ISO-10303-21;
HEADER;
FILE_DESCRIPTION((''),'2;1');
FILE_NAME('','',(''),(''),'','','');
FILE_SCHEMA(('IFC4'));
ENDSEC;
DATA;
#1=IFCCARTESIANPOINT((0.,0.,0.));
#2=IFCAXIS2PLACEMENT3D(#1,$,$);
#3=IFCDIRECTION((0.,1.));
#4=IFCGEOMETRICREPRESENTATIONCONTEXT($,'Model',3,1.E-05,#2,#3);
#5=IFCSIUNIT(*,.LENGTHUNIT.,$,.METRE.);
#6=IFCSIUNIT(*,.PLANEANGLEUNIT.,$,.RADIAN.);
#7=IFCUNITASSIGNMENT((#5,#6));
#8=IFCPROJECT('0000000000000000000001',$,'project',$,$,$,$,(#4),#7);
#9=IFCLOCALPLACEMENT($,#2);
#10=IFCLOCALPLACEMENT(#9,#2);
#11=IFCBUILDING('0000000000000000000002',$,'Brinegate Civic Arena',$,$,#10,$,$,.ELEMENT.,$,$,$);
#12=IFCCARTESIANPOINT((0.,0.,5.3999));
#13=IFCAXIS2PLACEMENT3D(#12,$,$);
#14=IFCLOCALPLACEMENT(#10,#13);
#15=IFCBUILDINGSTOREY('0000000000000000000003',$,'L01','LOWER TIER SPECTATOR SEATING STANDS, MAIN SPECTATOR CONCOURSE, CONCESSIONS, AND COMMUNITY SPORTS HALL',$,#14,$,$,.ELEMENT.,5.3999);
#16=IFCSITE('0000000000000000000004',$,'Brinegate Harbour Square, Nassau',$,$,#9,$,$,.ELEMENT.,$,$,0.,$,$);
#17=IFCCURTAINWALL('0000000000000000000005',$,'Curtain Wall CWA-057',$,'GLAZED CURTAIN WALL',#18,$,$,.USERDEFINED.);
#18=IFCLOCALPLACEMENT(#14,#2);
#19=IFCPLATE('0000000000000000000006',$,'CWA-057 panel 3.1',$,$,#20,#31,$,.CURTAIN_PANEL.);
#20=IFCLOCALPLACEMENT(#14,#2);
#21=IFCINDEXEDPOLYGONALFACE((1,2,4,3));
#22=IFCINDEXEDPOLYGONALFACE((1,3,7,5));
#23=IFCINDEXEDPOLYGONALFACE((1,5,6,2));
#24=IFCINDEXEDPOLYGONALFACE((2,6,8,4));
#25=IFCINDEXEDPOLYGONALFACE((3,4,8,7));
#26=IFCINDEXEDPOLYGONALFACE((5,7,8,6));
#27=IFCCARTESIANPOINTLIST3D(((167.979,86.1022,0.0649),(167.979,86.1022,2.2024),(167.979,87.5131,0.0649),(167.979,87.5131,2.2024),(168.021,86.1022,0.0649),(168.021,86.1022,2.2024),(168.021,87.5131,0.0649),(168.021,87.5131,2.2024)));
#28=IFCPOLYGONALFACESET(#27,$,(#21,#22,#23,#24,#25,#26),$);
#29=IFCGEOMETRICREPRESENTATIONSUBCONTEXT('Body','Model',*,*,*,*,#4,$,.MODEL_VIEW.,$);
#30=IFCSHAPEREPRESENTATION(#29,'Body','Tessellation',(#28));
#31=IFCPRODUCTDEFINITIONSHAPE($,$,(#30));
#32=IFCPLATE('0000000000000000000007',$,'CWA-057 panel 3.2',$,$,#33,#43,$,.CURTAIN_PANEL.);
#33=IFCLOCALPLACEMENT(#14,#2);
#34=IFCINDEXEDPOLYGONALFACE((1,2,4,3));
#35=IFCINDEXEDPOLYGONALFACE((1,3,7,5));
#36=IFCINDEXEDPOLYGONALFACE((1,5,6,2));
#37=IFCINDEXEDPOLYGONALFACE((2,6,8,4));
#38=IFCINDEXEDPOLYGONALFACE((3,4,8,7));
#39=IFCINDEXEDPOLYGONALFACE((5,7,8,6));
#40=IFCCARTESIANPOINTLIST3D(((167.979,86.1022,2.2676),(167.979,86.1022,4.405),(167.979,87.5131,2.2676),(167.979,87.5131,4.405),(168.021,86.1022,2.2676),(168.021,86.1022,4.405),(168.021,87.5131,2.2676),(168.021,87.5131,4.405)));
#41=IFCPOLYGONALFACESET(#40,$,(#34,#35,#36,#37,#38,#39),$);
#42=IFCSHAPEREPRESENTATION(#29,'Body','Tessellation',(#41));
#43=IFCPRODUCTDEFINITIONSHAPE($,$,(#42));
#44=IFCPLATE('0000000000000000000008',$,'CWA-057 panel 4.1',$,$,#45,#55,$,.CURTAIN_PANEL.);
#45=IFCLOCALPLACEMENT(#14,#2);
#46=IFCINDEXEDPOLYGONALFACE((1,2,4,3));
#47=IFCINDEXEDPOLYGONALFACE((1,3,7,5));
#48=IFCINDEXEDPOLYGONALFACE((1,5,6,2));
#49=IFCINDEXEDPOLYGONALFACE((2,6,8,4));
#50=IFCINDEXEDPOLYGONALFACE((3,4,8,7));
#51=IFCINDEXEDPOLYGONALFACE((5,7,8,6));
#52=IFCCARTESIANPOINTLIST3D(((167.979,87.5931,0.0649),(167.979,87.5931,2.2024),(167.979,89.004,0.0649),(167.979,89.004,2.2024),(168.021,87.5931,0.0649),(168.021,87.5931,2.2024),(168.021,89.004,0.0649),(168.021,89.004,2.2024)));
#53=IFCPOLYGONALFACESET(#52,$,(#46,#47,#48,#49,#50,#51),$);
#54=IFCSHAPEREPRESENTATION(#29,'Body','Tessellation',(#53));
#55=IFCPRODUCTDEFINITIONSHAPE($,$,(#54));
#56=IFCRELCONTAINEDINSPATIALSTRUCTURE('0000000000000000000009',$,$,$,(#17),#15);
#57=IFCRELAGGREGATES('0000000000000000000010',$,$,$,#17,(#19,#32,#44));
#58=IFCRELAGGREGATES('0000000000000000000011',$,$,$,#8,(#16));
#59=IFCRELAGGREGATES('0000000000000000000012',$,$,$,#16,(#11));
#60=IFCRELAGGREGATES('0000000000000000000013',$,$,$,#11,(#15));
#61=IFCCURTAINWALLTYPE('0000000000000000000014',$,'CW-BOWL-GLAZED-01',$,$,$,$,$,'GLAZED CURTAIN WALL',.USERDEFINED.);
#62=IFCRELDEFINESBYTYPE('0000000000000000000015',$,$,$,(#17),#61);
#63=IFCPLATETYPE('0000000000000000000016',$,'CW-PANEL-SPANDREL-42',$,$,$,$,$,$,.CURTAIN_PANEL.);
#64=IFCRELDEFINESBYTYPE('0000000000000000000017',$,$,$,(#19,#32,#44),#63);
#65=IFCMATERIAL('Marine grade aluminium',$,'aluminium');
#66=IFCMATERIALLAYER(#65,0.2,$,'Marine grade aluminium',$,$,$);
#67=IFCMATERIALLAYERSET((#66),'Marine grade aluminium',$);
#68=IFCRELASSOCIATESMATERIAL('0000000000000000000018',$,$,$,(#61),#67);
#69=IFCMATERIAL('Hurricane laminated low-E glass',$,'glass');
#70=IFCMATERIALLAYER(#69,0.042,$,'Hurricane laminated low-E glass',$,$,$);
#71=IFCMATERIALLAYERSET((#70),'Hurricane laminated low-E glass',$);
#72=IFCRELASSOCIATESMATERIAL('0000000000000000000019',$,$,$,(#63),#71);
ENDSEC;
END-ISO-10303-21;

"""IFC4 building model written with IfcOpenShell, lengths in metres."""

from ifc_helpers import new_model, si_unit, direction, frame, origin, origin_2d, place, context, subcontext, project, spatial, rectangle, extrude, material, layer, layer_set, type_object, element, aggregate, save


model = new_model("IFC4")

# Units and contexts
model_context = context("Model", 3, precision=1e-05, world=origin(), true_north=direction((0.0, 1.0)))
body_context = subcontext(model_context, "Body", "Model", "MODEL_VIEW")
ifc_project = project(units=[si_unit("LENGTHUNIT", "METRE"), si_unit("PLANEANGLEUNIT", "RADIAN")], contexts=[model_context])

# Site, building, storey
site_placement = place(None, origin())
site = spatial("IfcSite", under=ifc_project, at=site_placement, Name="Brinegate Harbour Square, Nassau", CompositionType="ELEMENT", RefElevation=0.0)
building_placement = place(site_placement, origin())
building = spatial("IfcBuilding", under=site, at=building_placement, Name="Brinegate Civic Arena", CompositionType="ELEMENT")
storey_placement = place(building_placement, frame((0.0, 0.0, 5.3999)))
storey = spatial("IfcBuildingStorey", under=building, at=storey_placement, Name="L01", Description="LOWER TIER SPECTATOR SEATING STANDS, MAIN SPECTATOR CONCOURSE, CONCESSIONS, AND COMMUNITY SPORTS HALL", CompositionType="ELEMENT", Elevation=5.3999)

# Curtain wall, plates
ifc_material_1 = material(Name="Marine grade aluminium", Category="aluminium")
ifc_layer_1 = layer(ifc_material_1, 0.2, Name="Marine grade aluminium")
ifc_layer_set_1 = layer_set([ifc_layer_1], Name="Marine grade aluminium")
curtain_wall_type = type_object("IfcCurtainWallType", Name="CW-BOWL-GLAZED-01", ElementType="GLAZED CURTAIN WALL", PredefinedType="USERDEFINED", material=ifc_layer_set_1)
curtain_wall_placement = place(storey_placement, origin())
curtain_wall = element("IfcCurtainWall", 1, at=curtain_wall_placement, inside=storey, type_object=curtain_wall_type, Name="Curtain Wall CWA-057", ObjectType="GLAZED CURTAIN WALL", PredefinedType="USERDEFINED")
ifc_material_2 = material(Name="Hurricane laminated low-E glass", Category="glass")
ifc_layer_2 = layer(ifc_material_2, 0.042, Name="Hurricane laminated low-E glass")
ifc_layer_set_2 = layer_set([ifc_layer_2], Name="Hurricane laminated low-E glass")
plate_type = type_object("IfcPlateType", Name="CW-PANEL-SPANDREL-42", PredefinedType="CURTAIN_PANEL", material=ifc_layer_set_2)
plate_1_placement = place(storey_placement, frame((168.0, 86.8076, 0.0649), z_axis=(0.0, 0.0, 1.0), x_axis=(0.0, 1.0, 0.0)))
plate_1 = element("IfcPlate", 2, at=plate_1_placement, type_object=plate_type, Name="CWA-057 panel 3.1", PredefinedType="CURTAIN_PANEL", context=body_context, shape_type="SweptSolid", body=[
    extrude(rectangle(XDim=1.4109, YDim=0.042, at=origin_2d()), origin(), (0.0, 0.0, 1.0), 2.1375),
])
plate_2_placement = place(storey_placement, frame((168.0, 86.8076, 2.2676), z_axis=(0.0, 0.0, 1.0), x_axis=(0.0, 1.0, 0.0)))
plate_2 = element("IfcPlate", 3, at=plate_2_placement, type_object=plate_type, Name="CWA-057 panel 3.2", PredefinedType="CURTAIN_PANEL", context=body_context, shape_type="SweptSolid", body=[
    extrude(rectangle(XDim=1.4109, YDim=0.042, at=origin_2d()), origin(), (0.0, 0.0, 1.0), 2.1375),
])
plate_3_placement = place(storey_placement, frame((168.0, 88.2986, 0.0649), z_axis=(0.0, 0.0, 1.0), x_axis=(0.0, 1.0, 0.0)))
plate_3 = element("IfcPlate", 4, at=plate_3_placement, type_object=plate_type, Name="CWA-057 panel 4.1", PredefinedType="CURTAIN_PANEL", context=body_context, shape_type="SweptSolid", body=[
    extrude(rectangle(XDim=1.4109, YDim=0.042, at=origin_2d()), origin(), (0.0, 0.0, 1.0), 2.1375),
])
aggregate(curtain_wall, [plate_1, plate_2, plate_3])

save(model, "model.ifc")
